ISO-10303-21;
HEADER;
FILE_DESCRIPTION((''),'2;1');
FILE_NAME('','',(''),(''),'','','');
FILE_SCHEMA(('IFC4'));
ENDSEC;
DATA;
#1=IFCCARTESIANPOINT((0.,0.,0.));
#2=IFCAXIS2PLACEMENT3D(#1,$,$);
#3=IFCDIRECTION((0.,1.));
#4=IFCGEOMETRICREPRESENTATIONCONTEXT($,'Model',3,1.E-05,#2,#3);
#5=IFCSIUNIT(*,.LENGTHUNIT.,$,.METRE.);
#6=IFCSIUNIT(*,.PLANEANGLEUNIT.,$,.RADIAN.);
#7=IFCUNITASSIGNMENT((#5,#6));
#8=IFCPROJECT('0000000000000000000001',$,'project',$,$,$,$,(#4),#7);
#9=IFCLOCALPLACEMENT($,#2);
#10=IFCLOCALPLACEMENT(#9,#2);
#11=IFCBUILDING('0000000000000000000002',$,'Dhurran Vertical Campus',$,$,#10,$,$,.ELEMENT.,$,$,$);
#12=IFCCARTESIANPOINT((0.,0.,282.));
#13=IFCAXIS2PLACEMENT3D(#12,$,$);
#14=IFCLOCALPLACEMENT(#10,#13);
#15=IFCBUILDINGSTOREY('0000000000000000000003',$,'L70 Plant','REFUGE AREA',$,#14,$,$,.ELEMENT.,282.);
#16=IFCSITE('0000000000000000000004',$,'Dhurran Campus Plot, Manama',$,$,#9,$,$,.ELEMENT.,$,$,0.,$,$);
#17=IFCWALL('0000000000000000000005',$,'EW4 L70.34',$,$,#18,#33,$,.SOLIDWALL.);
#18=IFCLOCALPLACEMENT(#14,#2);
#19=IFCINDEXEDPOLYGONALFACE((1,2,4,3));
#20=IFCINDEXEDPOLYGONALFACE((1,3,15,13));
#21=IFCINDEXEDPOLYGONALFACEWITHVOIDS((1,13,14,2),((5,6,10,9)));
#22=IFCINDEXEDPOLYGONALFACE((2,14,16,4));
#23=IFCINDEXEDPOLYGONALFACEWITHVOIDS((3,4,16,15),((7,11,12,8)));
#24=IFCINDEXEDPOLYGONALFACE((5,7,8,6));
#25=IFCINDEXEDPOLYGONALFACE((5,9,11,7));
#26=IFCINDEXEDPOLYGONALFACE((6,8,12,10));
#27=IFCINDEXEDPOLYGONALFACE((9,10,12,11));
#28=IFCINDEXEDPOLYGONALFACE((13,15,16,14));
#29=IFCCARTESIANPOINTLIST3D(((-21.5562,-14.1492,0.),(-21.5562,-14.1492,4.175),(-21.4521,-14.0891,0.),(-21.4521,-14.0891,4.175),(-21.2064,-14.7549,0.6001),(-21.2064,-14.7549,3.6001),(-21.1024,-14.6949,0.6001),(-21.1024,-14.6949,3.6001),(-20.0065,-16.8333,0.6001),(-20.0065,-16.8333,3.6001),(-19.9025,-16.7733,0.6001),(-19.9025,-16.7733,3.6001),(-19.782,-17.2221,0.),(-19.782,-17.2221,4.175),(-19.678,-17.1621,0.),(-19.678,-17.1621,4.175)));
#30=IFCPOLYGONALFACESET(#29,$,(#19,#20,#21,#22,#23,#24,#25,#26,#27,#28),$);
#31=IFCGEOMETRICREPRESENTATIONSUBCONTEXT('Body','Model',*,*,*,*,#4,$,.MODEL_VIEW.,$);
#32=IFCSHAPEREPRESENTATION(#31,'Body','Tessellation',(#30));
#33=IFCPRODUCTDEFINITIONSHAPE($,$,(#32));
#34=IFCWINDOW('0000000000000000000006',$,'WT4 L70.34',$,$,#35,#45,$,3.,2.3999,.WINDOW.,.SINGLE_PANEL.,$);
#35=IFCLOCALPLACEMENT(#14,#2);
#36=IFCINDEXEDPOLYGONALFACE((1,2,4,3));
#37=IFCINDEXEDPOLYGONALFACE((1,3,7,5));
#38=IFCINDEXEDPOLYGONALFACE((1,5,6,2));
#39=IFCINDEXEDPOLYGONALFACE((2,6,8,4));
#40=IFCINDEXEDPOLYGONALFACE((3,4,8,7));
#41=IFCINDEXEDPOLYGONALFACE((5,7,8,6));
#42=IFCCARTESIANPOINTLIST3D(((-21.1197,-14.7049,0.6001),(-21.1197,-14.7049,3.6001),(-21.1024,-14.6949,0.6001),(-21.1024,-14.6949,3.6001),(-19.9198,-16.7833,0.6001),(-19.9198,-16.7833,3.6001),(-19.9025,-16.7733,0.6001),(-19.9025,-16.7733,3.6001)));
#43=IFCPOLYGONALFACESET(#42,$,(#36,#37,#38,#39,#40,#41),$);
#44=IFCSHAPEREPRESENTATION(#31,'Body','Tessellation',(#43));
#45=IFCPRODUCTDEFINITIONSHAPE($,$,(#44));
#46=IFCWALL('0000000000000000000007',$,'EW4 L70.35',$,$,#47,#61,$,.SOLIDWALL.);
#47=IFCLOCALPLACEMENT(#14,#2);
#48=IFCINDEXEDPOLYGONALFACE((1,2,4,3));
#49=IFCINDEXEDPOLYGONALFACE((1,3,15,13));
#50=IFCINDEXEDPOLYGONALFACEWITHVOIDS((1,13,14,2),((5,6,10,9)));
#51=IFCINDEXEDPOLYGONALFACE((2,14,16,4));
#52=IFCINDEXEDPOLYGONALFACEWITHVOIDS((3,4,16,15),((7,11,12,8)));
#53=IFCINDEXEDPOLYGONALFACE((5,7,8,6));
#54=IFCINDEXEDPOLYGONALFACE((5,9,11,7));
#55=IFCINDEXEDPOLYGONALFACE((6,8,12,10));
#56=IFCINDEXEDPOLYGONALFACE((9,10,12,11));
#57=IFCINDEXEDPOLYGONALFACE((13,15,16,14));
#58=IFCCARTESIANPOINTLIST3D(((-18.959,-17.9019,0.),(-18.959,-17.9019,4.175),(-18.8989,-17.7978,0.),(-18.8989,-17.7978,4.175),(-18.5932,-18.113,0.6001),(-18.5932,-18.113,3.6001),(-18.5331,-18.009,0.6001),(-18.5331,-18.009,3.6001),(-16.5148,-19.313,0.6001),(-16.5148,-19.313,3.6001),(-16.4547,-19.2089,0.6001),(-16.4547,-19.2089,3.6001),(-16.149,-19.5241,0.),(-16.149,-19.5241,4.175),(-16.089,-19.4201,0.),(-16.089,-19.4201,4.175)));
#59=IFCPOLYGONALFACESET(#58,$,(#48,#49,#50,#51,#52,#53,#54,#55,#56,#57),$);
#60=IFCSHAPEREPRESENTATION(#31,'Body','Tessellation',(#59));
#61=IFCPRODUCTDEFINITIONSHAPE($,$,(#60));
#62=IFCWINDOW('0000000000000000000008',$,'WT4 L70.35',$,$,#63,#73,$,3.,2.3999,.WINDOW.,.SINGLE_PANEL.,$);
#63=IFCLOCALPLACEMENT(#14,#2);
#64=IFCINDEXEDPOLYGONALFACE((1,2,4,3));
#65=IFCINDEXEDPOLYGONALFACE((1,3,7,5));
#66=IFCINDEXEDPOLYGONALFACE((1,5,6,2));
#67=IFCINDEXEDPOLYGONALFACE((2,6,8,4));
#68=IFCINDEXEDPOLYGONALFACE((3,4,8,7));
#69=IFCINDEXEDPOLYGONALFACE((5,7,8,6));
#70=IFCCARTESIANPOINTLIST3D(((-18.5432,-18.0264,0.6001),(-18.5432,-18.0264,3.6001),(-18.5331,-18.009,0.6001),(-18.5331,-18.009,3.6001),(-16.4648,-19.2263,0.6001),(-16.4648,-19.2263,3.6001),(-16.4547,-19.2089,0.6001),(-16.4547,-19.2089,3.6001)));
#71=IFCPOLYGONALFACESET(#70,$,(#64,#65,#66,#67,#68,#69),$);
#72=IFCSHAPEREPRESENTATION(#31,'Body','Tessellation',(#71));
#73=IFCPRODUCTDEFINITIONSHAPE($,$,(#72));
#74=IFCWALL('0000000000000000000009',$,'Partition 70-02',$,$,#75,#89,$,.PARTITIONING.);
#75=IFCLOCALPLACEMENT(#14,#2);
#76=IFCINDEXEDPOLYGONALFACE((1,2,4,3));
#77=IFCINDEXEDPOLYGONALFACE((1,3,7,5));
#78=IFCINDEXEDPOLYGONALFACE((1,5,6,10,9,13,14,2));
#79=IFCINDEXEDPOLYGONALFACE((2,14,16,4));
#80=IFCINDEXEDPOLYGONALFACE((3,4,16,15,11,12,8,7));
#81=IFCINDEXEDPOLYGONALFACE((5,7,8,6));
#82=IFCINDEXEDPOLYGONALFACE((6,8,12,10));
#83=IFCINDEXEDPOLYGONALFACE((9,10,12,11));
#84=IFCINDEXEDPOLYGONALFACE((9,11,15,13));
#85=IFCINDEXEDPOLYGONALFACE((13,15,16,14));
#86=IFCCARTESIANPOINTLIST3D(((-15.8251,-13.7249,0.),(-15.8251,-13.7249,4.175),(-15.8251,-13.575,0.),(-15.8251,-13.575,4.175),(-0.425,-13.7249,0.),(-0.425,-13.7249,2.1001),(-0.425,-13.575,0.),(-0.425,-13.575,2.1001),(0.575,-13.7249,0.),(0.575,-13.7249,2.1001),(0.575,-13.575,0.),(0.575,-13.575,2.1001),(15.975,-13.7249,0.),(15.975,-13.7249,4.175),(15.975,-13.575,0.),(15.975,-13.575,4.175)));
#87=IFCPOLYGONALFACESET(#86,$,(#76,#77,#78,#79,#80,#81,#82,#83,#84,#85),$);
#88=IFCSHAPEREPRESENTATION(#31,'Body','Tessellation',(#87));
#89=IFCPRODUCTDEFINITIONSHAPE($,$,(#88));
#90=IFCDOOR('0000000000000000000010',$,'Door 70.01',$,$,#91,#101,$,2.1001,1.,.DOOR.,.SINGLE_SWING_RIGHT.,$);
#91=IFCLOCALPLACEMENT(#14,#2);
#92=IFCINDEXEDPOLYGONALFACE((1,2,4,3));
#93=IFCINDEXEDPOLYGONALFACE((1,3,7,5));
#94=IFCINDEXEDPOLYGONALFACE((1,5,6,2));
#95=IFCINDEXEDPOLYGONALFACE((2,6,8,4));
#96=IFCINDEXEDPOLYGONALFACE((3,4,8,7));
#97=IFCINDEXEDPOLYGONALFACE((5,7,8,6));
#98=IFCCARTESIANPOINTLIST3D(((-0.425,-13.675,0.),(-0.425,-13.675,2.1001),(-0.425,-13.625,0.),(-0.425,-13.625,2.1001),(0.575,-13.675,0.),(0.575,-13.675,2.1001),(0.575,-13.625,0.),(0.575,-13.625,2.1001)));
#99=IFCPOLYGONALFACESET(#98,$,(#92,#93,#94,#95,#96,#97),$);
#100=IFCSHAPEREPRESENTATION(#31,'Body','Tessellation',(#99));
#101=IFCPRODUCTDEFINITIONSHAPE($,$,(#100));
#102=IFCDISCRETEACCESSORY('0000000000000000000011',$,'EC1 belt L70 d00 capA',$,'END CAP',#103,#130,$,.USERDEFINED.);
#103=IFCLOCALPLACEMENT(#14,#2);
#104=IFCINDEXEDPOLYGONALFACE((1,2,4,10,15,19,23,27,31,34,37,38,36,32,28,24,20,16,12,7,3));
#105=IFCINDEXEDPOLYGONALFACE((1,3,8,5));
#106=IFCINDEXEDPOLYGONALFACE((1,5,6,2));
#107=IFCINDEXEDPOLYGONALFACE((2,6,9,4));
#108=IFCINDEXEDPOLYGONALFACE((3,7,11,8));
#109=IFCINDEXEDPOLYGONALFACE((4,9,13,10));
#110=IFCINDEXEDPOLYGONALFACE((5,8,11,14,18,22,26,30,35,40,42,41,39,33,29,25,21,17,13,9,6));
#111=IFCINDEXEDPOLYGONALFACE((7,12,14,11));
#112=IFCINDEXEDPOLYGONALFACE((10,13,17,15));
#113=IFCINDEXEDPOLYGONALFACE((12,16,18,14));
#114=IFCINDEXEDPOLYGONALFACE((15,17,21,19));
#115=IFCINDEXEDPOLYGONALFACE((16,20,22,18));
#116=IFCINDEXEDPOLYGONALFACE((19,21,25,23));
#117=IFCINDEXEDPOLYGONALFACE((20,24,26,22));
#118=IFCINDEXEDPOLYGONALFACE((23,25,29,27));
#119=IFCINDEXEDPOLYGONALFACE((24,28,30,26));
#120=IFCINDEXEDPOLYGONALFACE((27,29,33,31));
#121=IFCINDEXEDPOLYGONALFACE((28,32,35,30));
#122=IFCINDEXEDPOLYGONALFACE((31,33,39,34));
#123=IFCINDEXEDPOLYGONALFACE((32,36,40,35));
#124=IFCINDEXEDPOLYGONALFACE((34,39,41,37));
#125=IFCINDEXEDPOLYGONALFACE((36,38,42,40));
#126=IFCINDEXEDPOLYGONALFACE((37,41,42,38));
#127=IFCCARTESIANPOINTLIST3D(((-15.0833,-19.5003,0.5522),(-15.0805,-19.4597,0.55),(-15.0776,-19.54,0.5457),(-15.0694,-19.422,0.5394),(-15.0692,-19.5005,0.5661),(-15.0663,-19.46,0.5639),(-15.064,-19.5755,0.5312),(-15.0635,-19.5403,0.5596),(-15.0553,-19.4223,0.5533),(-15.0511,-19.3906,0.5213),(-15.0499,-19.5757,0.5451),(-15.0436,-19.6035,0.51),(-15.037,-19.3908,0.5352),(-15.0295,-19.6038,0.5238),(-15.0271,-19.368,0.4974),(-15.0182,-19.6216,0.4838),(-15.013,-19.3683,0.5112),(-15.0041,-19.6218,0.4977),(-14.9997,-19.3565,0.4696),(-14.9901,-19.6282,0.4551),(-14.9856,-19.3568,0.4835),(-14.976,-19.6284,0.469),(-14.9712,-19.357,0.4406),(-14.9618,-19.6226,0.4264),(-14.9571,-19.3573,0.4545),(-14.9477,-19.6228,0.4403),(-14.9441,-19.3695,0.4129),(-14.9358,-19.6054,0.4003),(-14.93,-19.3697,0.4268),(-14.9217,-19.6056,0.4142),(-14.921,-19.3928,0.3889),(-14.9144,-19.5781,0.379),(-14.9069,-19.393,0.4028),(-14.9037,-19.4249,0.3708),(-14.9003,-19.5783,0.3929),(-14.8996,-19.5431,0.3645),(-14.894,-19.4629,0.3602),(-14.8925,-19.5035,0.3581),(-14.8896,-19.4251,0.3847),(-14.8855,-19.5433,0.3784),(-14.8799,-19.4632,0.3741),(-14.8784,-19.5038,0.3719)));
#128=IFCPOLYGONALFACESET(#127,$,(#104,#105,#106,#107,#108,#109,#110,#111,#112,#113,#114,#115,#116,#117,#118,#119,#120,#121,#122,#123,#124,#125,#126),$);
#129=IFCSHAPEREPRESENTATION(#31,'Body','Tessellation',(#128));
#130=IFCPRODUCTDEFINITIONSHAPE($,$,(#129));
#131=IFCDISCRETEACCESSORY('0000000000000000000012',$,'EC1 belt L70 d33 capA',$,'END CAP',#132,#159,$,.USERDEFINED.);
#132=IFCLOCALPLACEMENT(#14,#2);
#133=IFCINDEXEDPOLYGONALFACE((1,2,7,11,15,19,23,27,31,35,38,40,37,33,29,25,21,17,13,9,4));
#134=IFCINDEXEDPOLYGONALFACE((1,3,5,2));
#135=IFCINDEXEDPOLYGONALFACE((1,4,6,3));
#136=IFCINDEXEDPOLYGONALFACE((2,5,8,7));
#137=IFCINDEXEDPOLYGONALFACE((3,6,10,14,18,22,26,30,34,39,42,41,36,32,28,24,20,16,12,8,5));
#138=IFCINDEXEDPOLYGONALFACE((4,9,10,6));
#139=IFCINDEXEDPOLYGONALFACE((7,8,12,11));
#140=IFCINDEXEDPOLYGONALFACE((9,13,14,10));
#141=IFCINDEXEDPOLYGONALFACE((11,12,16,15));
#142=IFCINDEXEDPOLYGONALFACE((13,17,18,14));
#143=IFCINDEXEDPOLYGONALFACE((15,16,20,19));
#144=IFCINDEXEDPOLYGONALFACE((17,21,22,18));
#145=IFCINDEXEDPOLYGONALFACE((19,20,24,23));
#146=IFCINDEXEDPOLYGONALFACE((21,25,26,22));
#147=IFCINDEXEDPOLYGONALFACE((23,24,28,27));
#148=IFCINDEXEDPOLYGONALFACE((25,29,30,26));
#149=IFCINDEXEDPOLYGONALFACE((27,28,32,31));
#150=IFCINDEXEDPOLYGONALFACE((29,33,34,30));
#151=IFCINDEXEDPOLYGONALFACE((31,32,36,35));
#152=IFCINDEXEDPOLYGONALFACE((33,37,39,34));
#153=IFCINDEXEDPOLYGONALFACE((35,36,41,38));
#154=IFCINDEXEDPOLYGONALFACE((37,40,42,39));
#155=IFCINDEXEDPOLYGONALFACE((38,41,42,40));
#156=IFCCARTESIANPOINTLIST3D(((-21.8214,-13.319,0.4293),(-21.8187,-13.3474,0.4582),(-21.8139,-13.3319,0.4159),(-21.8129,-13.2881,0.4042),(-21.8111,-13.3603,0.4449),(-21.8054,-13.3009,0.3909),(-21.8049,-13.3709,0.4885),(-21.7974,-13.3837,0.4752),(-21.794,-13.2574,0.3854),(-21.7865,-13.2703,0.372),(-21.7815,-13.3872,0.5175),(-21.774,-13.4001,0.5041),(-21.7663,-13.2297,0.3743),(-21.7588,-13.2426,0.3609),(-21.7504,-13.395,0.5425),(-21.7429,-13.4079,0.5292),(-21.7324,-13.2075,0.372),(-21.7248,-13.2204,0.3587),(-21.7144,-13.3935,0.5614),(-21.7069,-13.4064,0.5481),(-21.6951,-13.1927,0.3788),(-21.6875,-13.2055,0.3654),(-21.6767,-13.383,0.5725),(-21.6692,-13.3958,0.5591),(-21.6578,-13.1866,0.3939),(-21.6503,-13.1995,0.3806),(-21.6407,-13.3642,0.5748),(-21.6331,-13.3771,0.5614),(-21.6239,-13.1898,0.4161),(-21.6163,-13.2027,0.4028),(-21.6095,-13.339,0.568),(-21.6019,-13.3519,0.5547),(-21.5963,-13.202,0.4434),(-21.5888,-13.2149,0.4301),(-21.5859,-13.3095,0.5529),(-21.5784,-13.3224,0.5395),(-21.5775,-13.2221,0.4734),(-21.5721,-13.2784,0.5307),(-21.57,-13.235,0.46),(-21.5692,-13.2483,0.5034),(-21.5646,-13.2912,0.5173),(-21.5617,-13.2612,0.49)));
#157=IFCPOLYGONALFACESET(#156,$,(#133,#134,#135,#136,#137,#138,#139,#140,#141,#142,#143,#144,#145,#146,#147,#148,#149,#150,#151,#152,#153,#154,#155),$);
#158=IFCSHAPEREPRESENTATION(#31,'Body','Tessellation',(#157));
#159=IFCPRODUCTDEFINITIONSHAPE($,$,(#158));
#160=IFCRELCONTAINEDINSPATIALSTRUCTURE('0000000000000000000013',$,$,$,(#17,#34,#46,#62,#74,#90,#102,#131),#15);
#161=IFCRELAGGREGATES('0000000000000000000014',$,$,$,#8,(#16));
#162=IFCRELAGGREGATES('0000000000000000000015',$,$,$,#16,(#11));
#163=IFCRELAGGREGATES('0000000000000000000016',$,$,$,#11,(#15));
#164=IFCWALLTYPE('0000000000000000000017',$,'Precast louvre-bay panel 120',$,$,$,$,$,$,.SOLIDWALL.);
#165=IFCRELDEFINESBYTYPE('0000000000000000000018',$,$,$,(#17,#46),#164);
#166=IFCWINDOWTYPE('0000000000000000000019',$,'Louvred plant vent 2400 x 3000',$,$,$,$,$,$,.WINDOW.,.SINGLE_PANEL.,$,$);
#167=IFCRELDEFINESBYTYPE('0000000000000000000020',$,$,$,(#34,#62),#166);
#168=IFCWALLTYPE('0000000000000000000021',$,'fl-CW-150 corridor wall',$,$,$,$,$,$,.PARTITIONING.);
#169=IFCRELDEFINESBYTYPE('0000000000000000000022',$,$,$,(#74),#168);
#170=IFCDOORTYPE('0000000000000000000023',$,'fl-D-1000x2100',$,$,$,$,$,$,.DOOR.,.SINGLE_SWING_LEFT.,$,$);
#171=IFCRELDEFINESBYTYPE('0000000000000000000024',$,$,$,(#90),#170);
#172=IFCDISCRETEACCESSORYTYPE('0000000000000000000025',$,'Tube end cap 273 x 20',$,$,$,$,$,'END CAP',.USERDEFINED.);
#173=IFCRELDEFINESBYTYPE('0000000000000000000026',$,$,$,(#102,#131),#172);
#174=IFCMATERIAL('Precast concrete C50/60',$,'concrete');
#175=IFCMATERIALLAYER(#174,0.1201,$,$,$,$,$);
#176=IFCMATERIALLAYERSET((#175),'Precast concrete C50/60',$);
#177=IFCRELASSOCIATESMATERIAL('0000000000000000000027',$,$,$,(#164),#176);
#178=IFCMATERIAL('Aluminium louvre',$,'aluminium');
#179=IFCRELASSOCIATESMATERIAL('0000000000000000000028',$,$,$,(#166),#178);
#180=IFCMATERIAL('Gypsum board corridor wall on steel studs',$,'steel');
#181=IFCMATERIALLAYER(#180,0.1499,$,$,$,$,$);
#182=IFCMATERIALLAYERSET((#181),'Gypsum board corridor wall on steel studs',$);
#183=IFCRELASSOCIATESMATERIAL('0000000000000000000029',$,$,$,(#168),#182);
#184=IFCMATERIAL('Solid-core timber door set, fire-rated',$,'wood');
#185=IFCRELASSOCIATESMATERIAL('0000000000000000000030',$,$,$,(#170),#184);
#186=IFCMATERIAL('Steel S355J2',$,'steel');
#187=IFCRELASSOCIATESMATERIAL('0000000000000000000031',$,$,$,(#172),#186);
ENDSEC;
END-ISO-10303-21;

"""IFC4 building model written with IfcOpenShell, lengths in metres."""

from ifc_helpers import new_model, si_unit, direction, frame, frame_2d, origin, origin_2d, place, context, subcontext, project, spatial, rectangle, circle, extrude, material, layer, layer_set, material_profile, profile_set, type_object, element, fill, save


model = new_model("IFC4")

# Units and contexts
model_context = context("Model", 3, precision=1e-05, world=origin(), true_north=direction((0.0, 1.0)))
body_context = subcontext(model_context, "Body", "Model", "MODEL_VIEW")
ifc_project = project(units=[si_unit("LENGTHUNIT", "METRE"), si_unit("PLANEANGLEUNIT", "RADIAN")], contexts=[model_context])

# Site, building, storey
site_placement = place(None, origin())
site = spatial("IfcSite", under=ifc_project, at=site_placement, Name="Dhurran Campus Plot, Manama", CompositionType="ELEMENT", RefElevation=0.0)
building_placement = place(site_placement, origin())
building = spatial("IfcBuilding", under=site, at=building_placement, Name="Dhurran Vertical Campus", CompositionType="ELEMENT")
storey_placement = place(building_placement, frame((0.0, 0.0, 282.0)))
storey = spatial("IfcBuildingStorey", under=building, at=storey_placement, Name="L70 Plant", Description="REFUGE AREA", CompositionType="ELEMENT", Elevation=282.0)

# Walls, openings, windows
ifc_material_1 = material(Name="Precast concrete C50/60", Category="concrete")
ifc_layer_1 = layer(ifc_material_1, 0.1201)
ifc_layer_set_1 = layer_set([ifc_layer_1], Name="Precast concrete C50/60")
wall_type_1 = type_object("IfcWallType", Name="Precast louvre-bay panel 120", PredefinedType="SOLIDWALL", material=ifc_layer_set_1)
ifc_material_2 = material(Name="Aluminium louvre", Category="aluminium")
window_type = type_object("IfcWindowType", Name="Louvred plant vent 2400 x 3000", PartitioningType="SINGLE_PANEL", PredefinedType="WINDOW", material=ifc_material_2)
wall_1_placement = place(storey_placement, frame((-21.5042, -14.1191, 0.0), z_axis=(0.0, 0.0, 1.0), x_axis=(0.499994, -0.866029, 0.0)))
wall_1 = element("IfcWall", 1, at=wall_1_placement, inside=storey, type_object=wall_type_1, Name="EW4 L70.34", PredefinedType="SOLIDWALL", context=body_context, shape_type="SweptSolid", body=[
    extrude(rectangle(XDim=3.5483, YDim=0.1201, at=frame_2d((1.7742, 0.0))), origin(), (0.0, 0.0, 1.0), 4.175),
])
opening_1_placement = place(wall_1_placement, frame((0.6995, 0.0, 0.6001)))
opening_1 = element("IfcOpeningElement", 2, at=opening_1_placement, cuts=wall_1, PredefinedType="OPENING", context=body_context, shape_type="SweptSolid", body=[
    extrude(rectangle(XDim=2.3999, YDim=3.0, at=frame_2d((1.2, 1.5))), frame((0.0, 0.0701, 0.0), z_axis=(0.0, -1.0, 0.0), x_axis=(1.0, 0.0, 0.0)), (0.0, 0.0, 1.0), 0.1401),
])
window_1_placement = place(opening_1_placement, origin())
window_1 = element("IfcWindow", 3, at=window_1_placement, inside=storey, type_object=window_type, Name="WT4 L70.34", OverallHeight=3.0, OverallWidth=2.3999, PartitioningType="SINGLE_PANEL", PredefinedType="WINDOW", context=body_context, shape_type="SweptSolid", body=[
    extrude(rectangle(XDim=2.3999, YDim=3.0, at=frame_2d((1.2, 1.5))), frame((0.0, 0.0601, 0.0), z_axis=(0.0, -1.0, 0.0), x_axis=(1.0, 0.0, 0.0)), (0.0, 0.0, 1.0), 0.02),
])
fill(opening_1, window_1)
wall_2_placement = place(storey_placement, frame((-18.929, -17.8499, 0.0), z_axis=(0.0, 0.0, 1.0), x_axis=(0.866035, -0.499983, 0.0)))
wall_2 = element("IfcWall", 4, at=wall_2_placement, inside=storey, type_object=wall_type_1, Name="EW4 L70.35", PredefinedType="SOLIDWALL", context=body_context, shape_type="SweptSolid", body=[
    extrude(rectangle(XDim=3.2446, YDim=0.1201, at=frame_2d((1.6223, 0.0))), origin(), (0.0, 0.0, 1.0), 4.175),
])
opening_2_placement = place(wall_2_placement, frame((0.4224, 0.0, 0.6001)))
opening_2 = element("IfcOpeningElement", 5, at=opening_2_placement, cuts=wall_2, PredefinedType="OPENING", context=body_context, shape_type="SweptSolid", body=[
    extrude(rectangle(XDim=2.3999, YDim=3.0, at=frame_2d((1.2, 1.5))), frame((0.0, 0.0701, 0.0), z_axis=(0.0, -1.0, 0.0), x_axis=(1.0, 0.0, 0.0)), (0.0, 0.0, 1.0), 0.1401),
])
window_2_placement = place(opening_2_placement, origin())
window_2 = element("IfcWindow", 6, at=window_2_placement, inside=storey, type_object=window_type, Name="WT4 L70.35", OverallHeight=3.0, OverallWidth=2.3999, PartitioningType="SINGLE_PANEL", PredefinedType="WINDOW", context=body_context, shape_type="SweptSolid", body=[
    extrude(rectangle(XDim=2.3999, YDim=3.0, at=frame_2d((1.2, 1.5))), frame((0.0, 0.0601, 0.0), z_axis=(0.0, -1.0, 0.0), x_axis=(1.0, 0.0, 0.0)), (0.0, 0.0, 1.0), 0.02),
])
fill(opening_2, window_2)

# Wall, opening, door
ifc_material_3 = material(Name="Gypsum board corridor wall on steel studs", Category="steel")
ifc_layer_2 = layer(ifc_material_3, 0.1499)
ifc_layer_set_2 = layer_set([ifc_layer_2], Name="Gypsum board corridor wall on steel studs")
wall_type_2 = type_object("IfcWallType", Name="fl-CW-150 corridor wall", PredefinedType="PARTITIONING", material=ifc_layer_set_2)
wall_3_placement = place(storey_placement, frame((-15.825, -13.6499, 0.0), z_axis=(0.0, 0.0, 1.0), x_axis=(1.0, 0.0, 0.0)))
wall_3 = element("IfcWall", 7, at=wall_3_placement, inside=storey, type_object=wall_type_2, Name="Partition 70-02", PredefinedType="PARTITIONING", context=body_context, shape_type="SweptSolid", body=[
    extrude(rectangle(XDim=31.8, YDim=0.1499, at=frame_2d((15.8999, 0.0))), origin(), (0.0, 0.0, 1.0), 4.175),
])
opening_3_placement = place(wall_3_placement, frame((15.3999, 0.0, 0.0)))
opening_3 = element("IfcOpeningElement", 8, at=opening_3_placement, cuts=wall_3, PredefinedType="OPENING", context=body_context, shape_type="SweptSolid", body=[
    extrude(rectangle(XDim=1.0, YDim=2.1001, at=frame_2d((0.5, 1.05))), frame((0.0, 0.085, 0.0), z_axis=(0.0, -1.0, 0.0), x_axis=(1.0, 0.0, 0.0)), (0.0, 0.0, 1.0), 0.1699),
])
ifc_material_4 = material(Name="Solid-core timber door set, fire-rated", Category="wood")
door_type = type_object("IfcDoorType", Name="fl-D-1000x2100", OperationType="SINGLE_SWING_LEFT", PredefinedType="DOOR", material=ifc_material_4)
door_placement = place(opening_3_placement, origin())
door = element("IfcDoor", 9, at=door_placement, inside=storey, type_object=door_type, Name="Door 70.01", OperationType="SINGLE_SWING_RIGHT", OverallHeight=2.1001, OverallWidth=1.0, PredefinedType="DOOR", context=body_context, shape_type="SweptSolid", body=[
    extrude(rectangle(XDim=1.0, YDim=2.1001, at=frame_2d((0.5, 1.05))), frame((0.0, 0.0249, 0.0), z_axis=(0.0, -1.0, 0.0), x_axis=(1.0, 0.0, 0.0)), (0.0, 0.0, 1.0), 0.05),
])
fill(opening_3, door)

# Discrete accessories
ifc_material_5 = material(Name="Steel S355J2", Category="steel")
ifc_material_profile_1 = material_profile(ifc_material_5, circle(Radius=0.1365, at=origin_2d()), Name="Tube end cap 273 x 20")
ifc_profile_set_1 = profile_set([ifc_material_profile_1], Name="Steel S355J2")
discrete_accessory_type = type_object("IfcDiscreteAccessoryType", Name="Tube end cap 273 x 20", ElementType="END CAP", PredefinedType="USERDEFINED", material=ifc_profile_set_1)
discrete_accessory_placement = place(storey_placement, frame((-14.9736, -19.4919, 0.469), z_axis=(-0.713175, 0.012296, -0.700879), x_axis=(-0.017239, -0.999851, 0.0)))
element("IfcDiscreteAccessory", 10, at=discrete_accessory_placement, inside=storey, type_object=discrete_accessory_type, Name="EC1 belt L70 d00 capA", ObjectType="END CAP", PredefinedType="USERDEFINED", context=body_context, shape_type="SweptSolid", body=[
    extrude(circle(Radius=0.1365, at=origin_2d()), origin(), (0.0, 0.0, 1.0), 0.0198),
])
for number, where, z_axis, x_axis, name in (
    (11, (-21.6953, -13.291, 0.4734), (0.376069, -0.642956, -0.667218), (0.863188, 0.504883, 0.0), "EC1 belt L70 d33 capA"),
):
    element("IfcDiscreteAccessory", number, at=place(storey_placement, frame(where, z_axis=z_axis, x_axis=x_axis)), inside=storey, type_object=discrete_accessory_type, Name=name, ObjectType="END CAP", PredefinedType="USERDEFINED", context=body_context, shape_type="SweptSolid", body=[
        extrude(circle(Radius=0.1365, at=origin_2d()), origin(), (0.0, 0.0, 1.0), 0.02),
    ])

save(model, "model.ifc")
